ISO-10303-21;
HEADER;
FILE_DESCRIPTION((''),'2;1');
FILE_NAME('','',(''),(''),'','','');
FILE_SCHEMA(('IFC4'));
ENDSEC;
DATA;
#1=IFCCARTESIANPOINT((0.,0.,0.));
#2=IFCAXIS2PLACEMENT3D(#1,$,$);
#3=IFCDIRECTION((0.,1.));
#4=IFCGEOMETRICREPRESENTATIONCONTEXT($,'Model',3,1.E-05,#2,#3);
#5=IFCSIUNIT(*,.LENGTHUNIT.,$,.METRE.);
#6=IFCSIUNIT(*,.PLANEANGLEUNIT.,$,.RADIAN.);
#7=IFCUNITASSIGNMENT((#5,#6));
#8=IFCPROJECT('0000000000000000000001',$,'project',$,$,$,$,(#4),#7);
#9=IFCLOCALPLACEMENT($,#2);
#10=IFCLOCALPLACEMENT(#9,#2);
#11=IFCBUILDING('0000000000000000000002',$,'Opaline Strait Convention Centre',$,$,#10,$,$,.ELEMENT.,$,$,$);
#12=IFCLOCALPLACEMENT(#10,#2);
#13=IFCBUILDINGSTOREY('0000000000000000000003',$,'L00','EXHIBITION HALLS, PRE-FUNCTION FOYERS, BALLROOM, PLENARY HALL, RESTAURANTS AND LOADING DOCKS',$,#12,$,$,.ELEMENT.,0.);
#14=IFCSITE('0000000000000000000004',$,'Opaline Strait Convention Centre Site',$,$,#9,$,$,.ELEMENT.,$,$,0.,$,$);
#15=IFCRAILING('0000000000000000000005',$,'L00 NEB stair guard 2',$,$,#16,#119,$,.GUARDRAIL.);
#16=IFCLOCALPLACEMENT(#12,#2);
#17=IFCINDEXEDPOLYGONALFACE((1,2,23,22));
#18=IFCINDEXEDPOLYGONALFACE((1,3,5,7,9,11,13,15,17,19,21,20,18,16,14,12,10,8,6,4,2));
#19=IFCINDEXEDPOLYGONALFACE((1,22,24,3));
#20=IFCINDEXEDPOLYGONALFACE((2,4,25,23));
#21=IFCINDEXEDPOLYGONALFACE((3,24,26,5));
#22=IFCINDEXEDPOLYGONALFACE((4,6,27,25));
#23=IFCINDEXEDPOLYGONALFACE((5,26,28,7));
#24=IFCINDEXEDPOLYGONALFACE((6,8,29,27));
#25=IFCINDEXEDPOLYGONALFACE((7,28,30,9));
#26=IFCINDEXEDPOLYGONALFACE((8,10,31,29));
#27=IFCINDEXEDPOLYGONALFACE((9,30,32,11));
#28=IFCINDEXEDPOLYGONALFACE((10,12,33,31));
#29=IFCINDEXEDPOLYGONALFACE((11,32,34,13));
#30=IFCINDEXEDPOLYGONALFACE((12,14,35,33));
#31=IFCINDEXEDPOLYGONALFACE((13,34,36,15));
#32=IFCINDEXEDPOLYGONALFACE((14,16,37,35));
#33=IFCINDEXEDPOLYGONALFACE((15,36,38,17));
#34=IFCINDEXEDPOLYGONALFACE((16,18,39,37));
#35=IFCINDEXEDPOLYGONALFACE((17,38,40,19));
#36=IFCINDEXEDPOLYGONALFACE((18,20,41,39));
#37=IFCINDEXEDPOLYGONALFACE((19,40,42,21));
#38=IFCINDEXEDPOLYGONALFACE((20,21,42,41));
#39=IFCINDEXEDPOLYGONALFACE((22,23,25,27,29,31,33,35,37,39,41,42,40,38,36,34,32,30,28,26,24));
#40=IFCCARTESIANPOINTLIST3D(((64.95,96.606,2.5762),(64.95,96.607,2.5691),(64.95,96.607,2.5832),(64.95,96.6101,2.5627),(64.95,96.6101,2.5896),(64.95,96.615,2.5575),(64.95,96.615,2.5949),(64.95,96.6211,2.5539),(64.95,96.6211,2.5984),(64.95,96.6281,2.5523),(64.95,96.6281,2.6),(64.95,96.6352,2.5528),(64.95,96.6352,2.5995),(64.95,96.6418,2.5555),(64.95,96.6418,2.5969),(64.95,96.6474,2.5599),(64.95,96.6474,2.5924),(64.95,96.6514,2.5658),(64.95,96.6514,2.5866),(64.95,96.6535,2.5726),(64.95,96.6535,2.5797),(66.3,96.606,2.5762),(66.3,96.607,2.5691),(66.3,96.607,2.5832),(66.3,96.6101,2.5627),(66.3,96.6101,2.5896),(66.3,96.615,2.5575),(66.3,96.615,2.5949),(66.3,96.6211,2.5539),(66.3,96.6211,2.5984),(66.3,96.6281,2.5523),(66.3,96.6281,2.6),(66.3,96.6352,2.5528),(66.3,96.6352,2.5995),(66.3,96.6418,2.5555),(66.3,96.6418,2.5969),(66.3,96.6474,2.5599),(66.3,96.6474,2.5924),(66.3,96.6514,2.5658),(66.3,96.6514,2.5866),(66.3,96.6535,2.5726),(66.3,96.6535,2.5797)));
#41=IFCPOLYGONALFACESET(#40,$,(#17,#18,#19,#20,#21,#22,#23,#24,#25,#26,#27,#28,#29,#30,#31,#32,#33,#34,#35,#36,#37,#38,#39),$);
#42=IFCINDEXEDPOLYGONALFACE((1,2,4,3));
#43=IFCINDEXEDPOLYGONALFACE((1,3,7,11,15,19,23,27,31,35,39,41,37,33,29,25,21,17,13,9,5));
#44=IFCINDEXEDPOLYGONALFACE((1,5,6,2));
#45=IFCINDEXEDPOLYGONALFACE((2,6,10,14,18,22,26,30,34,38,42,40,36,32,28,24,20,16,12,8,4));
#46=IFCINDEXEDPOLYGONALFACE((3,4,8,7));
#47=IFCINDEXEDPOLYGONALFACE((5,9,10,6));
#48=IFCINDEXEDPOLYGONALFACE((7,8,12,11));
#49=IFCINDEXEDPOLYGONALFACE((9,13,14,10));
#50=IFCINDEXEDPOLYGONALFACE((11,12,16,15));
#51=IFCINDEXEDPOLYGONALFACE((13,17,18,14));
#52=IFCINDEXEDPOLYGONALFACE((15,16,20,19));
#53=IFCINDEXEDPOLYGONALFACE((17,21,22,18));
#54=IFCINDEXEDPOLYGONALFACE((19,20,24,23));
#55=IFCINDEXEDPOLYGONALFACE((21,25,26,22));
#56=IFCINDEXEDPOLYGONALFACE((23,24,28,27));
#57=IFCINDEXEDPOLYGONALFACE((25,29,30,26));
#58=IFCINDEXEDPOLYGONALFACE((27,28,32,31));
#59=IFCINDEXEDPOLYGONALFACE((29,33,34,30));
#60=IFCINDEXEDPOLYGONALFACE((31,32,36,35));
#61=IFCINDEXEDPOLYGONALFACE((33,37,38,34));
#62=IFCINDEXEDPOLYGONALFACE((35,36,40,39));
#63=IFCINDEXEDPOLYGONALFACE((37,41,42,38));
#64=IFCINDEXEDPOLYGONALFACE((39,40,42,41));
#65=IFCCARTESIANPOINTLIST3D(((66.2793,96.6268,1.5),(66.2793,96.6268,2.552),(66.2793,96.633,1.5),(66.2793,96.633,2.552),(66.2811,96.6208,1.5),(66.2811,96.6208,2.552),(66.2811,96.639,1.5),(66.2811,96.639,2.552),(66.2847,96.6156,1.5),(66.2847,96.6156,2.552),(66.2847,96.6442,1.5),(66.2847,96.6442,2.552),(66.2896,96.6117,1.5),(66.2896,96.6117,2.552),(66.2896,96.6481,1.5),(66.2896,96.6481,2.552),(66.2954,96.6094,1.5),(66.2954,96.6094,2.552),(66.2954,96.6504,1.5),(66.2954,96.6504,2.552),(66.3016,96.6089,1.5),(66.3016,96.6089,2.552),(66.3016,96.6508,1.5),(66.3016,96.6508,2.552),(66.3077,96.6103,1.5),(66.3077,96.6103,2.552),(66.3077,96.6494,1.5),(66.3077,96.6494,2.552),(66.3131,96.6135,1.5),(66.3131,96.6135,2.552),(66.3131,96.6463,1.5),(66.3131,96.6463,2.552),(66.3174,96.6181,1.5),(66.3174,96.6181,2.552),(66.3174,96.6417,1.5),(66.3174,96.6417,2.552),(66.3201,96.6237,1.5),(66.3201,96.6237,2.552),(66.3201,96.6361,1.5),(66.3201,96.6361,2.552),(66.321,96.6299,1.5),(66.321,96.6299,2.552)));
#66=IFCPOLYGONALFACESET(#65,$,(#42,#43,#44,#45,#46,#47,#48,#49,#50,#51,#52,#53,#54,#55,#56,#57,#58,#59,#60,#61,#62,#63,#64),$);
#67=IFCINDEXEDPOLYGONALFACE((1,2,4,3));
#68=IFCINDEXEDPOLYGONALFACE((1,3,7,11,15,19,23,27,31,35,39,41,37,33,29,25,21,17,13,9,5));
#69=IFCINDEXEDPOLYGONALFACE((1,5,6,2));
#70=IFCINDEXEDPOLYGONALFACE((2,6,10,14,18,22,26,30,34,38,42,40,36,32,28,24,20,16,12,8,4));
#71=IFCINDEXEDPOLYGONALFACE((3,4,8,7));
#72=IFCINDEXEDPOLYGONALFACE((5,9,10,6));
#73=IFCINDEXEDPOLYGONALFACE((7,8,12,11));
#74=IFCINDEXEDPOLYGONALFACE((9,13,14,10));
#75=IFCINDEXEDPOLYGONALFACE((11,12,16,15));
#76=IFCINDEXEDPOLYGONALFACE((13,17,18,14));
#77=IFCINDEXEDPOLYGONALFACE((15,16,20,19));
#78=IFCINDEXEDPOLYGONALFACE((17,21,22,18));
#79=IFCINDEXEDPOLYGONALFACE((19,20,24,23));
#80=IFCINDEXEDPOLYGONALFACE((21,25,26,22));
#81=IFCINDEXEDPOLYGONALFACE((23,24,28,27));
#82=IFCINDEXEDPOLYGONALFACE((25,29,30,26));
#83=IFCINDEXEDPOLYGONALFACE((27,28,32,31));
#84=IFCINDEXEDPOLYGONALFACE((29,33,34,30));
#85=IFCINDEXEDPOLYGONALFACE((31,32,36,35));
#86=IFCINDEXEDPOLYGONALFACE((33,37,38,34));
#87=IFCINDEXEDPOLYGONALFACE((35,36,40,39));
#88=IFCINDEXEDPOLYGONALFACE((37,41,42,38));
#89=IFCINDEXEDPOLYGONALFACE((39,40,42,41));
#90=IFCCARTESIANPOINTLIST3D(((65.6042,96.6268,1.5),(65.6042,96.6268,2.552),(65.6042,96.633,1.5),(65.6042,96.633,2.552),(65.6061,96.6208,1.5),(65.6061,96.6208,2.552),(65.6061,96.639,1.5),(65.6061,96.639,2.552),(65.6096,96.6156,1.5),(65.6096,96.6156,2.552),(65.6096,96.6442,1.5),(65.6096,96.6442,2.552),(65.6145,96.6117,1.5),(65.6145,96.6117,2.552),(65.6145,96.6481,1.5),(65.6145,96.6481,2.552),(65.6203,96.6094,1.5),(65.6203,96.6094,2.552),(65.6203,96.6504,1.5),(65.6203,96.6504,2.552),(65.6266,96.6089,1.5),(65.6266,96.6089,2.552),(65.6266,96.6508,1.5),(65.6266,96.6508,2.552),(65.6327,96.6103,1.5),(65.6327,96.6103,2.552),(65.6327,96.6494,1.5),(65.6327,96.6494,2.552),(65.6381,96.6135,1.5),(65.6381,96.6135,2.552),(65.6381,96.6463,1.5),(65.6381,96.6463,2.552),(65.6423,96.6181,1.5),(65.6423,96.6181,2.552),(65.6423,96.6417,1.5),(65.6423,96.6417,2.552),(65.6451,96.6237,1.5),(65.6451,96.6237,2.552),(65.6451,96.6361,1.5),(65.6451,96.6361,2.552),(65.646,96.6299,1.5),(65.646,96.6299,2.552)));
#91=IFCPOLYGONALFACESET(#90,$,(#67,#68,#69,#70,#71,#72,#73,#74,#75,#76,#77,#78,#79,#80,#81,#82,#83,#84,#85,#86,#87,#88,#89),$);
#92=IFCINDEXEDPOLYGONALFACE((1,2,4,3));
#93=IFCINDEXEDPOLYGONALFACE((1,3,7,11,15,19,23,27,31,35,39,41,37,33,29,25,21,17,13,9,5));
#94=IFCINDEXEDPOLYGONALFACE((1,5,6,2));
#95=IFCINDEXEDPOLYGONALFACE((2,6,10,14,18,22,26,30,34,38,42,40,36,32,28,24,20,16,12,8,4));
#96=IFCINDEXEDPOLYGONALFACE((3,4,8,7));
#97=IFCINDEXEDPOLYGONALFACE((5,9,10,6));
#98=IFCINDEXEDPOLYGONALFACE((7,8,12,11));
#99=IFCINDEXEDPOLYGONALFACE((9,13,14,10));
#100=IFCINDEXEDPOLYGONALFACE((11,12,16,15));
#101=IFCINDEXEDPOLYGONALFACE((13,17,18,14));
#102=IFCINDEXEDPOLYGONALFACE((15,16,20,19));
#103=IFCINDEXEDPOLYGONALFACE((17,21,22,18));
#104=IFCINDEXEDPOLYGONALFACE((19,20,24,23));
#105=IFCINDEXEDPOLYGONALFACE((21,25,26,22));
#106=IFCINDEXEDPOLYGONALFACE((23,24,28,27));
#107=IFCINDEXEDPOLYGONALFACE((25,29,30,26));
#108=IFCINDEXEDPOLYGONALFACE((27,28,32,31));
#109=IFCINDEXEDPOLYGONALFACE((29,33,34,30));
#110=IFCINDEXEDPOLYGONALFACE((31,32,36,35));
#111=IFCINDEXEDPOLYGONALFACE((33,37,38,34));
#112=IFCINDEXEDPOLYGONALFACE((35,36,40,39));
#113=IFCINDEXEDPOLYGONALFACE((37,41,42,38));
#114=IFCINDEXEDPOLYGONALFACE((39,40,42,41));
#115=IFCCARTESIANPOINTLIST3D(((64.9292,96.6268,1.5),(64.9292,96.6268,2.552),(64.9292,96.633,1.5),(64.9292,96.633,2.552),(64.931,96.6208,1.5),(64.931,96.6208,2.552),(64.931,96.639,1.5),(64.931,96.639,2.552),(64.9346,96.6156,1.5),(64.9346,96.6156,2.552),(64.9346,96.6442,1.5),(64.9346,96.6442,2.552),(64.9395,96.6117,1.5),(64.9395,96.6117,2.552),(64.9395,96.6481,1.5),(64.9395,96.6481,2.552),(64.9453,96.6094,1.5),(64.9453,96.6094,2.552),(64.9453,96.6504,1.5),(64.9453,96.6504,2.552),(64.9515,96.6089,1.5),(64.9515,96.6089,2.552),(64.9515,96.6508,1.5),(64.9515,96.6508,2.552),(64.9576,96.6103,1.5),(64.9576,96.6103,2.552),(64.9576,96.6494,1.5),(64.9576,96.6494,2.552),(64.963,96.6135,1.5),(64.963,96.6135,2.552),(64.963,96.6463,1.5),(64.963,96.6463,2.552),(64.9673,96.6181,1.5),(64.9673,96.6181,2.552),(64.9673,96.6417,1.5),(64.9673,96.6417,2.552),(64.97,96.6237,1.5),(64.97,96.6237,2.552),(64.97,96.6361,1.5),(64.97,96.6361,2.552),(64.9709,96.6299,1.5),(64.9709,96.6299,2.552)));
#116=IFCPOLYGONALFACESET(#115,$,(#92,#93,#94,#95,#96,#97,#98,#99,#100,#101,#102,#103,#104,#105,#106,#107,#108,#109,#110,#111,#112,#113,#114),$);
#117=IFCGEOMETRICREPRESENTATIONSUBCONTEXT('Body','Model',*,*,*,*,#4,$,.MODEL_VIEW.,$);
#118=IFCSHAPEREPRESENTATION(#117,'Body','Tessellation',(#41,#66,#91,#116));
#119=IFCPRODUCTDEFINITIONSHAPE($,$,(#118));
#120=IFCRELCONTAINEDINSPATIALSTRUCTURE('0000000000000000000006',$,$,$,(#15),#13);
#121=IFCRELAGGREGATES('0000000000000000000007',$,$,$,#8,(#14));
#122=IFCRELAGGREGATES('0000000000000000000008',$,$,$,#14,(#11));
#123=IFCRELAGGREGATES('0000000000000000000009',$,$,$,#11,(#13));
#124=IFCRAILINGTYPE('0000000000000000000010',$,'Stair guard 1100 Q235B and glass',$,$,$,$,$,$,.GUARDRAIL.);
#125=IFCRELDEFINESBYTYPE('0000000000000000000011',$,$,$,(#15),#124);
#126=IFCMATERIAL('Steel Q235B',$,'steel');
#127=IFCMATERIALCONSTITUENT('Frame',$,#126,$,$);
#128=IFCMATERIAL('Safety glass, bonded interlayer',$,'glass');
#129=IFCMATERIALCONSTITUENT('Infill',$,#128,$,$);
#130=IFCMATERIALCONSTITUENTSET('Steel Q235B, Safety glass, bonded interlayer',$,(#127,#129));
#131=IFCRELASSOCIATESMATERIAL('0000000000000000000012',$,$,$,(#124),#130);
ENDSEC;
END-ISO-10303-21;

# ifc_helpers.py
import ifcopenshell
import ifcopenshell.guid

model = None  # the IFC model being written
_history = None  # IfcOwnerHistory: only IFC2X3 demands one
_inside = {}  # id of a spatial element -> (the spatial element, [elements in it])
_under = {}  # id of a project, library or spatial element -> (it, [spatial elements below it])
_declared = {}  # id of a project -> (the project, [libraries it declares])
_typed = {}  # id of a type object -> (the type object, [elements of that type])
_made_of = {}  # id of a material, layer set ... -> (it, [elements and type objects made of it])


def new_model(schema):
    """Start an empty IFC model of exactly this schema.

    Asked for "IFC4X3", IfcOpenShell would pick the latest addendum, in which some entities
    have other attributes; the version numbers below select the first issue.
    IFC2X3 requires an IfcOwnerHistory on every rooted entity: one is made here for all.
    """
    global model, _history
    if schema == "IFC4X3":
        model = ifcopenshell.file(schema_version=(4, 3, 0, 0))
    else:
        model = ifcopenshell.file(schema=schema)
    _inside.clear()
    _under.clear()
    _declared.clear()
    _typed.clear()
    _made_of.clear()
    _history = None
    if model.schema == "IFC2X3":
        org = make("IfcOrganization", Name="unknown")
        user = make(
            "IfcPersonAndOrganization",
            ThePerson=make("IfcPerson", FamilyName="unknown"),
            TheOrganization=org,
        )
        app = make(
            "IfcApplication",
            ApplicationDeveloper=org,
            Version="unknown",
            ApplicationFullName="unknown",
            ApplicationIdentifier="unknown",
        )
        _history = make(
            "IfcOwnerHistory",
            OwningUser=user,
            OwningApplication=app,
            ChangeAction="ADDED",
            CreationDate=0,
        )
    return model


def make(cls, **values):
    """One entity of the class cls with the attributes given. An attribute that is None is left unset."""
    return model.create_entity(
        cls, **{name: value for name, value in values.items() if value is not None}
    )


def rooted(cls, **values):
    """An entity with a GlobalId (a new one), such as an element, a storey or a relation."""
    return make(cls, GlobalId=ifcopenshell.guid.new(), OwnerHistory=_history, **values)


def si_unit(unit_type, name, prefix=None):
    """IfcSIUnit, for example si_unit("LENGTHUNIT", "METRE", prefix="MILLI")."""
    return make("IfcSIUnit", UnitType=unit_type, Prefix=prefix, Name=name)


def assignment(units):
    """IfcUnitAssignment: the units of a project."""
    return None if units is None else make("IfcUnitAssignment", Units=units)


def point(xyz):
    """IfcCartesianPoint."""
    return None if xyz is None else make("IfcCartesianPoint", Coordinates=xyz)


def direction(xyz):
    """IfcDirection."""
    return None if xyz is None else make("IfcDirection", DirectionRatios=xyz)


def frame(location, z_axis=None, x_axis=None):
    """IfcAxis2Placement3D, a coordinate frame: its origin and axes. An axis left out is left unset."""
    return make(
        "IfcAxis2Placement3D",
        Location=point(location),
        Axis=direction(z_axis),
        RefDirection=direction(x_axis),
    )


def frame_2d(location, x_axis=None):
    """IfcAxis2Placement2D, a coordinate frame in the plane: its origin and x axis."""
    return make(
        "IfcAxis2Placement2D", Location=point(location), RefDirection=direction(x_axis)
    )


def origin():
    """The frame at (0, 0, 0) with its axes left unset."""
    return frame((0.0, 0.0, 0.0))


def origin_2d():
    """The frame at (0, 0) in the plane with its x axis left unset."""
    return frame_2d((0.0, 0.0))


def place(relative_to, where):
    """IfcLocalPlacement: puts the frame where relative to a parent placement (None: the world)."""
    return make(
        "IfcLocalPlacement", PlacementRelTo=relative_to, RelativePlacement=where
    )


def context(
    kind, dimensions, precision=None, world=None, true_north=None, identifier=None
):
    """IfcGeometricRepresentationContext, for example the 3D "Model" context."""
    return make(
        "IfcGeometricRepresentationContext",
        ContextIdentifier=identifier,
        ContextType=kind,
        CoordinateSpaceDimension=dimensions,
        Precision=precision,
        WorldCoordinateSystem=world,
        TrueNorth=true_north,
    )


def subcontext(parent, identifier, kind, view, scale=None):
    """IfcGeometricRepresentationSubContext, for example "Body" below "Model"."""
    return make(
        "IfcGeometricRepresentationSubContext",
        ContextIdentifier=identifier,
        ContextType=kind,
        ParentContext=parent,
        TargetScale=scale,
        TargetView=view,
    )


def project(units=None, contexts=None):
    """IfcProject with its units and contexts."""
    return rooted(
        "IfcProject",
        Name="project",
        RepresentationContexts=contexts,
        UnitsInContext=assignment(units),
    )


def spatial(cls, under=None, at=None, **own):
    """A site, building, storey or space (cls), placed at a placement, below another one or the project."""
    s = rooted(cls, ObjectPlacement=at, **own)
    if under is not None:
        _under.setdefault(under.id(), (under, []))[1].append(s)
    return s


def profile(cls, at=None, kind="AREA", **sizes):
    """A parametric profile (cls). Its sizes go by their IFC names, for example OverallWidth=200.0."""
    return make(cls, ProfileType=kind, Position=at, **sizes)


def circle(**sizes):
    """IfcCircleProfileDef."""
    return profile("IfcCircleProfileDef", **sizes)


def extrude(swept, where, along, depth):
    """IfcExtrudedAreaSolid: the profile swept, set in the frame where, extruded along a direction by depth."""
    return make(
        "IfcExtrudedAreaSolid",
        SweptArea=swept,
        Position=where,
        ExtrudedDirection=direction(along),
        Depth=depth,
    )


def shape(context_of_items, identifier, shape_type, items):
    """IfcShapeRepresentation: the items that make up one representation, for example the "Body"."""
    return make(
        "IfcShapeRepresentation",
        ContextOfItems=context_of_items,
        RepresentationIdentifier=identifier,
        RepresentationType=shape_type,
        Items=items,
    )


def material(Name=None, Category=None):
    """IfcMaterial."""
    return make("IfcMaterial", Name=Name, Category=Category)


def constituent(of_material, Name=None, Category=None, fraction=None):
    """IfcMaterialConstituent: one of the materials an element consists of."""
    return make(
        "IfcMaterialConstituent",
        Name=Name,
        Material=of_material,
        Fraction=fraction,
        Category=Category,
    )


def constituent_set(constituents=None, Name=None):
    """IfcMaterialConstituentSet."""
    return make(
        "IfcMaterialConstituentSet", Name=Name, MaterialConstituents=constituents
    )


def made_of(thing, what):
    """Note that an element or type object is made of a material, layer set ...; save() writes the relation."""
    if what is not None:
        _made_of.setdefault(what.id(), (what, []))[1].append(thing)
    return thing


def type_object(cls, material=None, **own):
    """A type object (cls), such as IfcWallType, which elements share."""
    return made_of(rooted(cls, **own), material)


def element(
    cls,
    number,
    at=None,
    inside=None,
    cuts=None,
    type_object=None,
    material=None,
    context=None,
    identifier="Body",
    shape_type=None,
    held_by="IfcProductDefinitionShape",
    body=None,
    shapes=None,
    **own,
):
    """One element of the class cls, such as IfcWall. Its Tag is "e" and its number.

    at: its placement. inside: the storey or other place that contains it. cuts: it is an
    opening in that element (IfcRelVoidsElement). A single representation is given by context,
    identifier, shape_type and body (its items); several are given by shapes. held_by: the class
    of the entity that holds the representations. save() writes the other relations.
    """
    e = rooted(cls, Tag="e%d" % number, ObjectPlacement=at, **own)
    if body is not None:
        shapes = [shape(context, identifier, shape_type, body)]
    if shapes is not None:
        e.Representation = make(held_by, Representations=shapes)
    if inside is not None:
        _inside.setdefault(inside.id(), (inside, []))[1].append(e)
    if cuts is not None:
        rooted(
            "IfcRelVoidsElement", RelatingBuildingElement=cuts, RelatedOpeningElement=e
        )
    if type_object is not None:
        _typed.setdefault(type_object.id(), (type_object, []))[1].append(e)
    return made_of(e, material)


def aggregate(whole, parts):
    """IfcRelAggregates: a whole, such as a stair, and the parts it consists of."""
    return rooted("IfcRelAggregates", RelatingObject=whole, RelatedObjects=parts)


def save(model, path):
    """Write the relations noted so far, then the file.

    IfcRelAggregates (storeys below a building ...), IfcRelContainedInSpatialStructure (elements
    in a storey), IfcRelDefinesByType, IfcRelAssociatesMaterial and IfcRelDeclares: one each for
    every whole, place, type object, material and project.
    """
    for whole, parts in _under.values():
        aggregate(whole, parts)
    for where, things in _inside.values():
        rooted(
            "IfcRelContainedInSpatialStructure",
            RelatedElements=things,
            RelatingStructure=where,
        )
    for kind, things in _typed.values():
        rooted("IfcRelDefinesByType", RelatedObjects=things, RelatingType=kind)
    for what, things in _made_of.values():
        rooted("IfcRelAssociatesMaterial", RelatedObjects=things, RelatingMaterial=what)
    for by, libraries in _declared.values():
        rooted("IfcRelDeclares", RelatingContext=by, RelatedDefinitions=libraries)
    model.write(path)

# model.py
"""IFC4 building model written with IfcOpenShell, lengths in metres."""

from ifc_helpers import new_model, si_unit, direction, frame, origin, origin_2d, place, context, subcontext, project, spatial, circle, extrude, material, constituent, constituent_set, type_object, element, save


model = new_model("IFC4")

# Units and contexts
model_context = context("Model", 3, precision=1e-05, world=origin(), true_north=direction((0.0, 1.0)))
body_context = subcontext(model_context, "Body", "Model", "MODEL_VIEW")
ifc_project = project(units=[si_unit("LENGTHUNIT", "METRE"), si_unit("PLANEANGLEUNIT", "RADIAN")], contexts=[model_context])

# Site, building, storey
site_placement = place(None, origin())
site = spatial("IfcSite", under=ifc_project, at=site_placement, Name="Opaline Strait Convention Centre Site", CompositionType="ELEMENT", RefElevation=0.0)
building_placement = place(site_placement, origin())
building = spatial("IfcBuilding", under=site, at=building_placement, Name="Opaline Strait Convention Centre", CompositionType="ELEMENT")
storey_placement = place(building_placement, origin())
storey = spatial("IfcBuildingStorey", under=building, at=storey_placement, Name="L00", Description="EXHIBITION HALLS, PRE-FUNCTION FOYERS, BALLROOM, PLENARY HALL, RESTAURANTS AND LOADING DOCKS", CompositionType="ELEMENT", Elevation=0.0)

# Railing
ifc_material_1 = material(Name="Steel Q235B", Category="steel")
ifc_constituent_1 = constituent(ifc_material_1, Name="Frame")
ifc_material_2 = material(Name="Safety glass, bonded interlayer", Category="glass")
ifc_constituent_2 = constituent(ifc_material_2, Name="Infill")
ifc_constituent_set = constituent_set(constituents=[ifc_constituent_1, ifc_constituent_2], Name="Steel Q235B, Safety glass, bonded interlayer")
railing_type_1 = type_object("IfcRailingType", Name="Stair guard 1100 Q235B and glass", PredefinedType="GUARDRAIL", material=ifc_constituent_set)
railing_1_placement = place(storey_placement, frame((66.3, 96.6299, 1.5)))
element("IfcRailing", 1, at=railing_1_placement, inside=storey, type_object=railing_type_1, Name="L00 NEB stair guard 2", PredefinedType="GUARDRAIL", context=body_context, shape_type="SweptSolid", body=[
    extrude(circle(Radius=0.0239, at=origin_2d()), frame((0.0, 0.0, 1.0762), z_axis=(-1.0, 0.0, 0.0), x_axis=(0.0, -1.0, 0.0)), (0.0, 0.0, 1.0), 1.3501),
    extrude(circle(Radius=0.021, at=origin_2d()), origin(), (0.0, 0.0, 1.0), 1.052),
    extrude(circle(Radius=0.021, at=origin_2d()), frame((-0.675, 0.0, 0.0)), (0.0, 0.0, 1.0), 1.052),
    extrude(circle(Radius=0.021, at=origin_2d()), frame((-1.3501, 0.0, 0.0)), (0.0, 0.0, 1.0), 1.052),
])

save(model, "model.ifc")
